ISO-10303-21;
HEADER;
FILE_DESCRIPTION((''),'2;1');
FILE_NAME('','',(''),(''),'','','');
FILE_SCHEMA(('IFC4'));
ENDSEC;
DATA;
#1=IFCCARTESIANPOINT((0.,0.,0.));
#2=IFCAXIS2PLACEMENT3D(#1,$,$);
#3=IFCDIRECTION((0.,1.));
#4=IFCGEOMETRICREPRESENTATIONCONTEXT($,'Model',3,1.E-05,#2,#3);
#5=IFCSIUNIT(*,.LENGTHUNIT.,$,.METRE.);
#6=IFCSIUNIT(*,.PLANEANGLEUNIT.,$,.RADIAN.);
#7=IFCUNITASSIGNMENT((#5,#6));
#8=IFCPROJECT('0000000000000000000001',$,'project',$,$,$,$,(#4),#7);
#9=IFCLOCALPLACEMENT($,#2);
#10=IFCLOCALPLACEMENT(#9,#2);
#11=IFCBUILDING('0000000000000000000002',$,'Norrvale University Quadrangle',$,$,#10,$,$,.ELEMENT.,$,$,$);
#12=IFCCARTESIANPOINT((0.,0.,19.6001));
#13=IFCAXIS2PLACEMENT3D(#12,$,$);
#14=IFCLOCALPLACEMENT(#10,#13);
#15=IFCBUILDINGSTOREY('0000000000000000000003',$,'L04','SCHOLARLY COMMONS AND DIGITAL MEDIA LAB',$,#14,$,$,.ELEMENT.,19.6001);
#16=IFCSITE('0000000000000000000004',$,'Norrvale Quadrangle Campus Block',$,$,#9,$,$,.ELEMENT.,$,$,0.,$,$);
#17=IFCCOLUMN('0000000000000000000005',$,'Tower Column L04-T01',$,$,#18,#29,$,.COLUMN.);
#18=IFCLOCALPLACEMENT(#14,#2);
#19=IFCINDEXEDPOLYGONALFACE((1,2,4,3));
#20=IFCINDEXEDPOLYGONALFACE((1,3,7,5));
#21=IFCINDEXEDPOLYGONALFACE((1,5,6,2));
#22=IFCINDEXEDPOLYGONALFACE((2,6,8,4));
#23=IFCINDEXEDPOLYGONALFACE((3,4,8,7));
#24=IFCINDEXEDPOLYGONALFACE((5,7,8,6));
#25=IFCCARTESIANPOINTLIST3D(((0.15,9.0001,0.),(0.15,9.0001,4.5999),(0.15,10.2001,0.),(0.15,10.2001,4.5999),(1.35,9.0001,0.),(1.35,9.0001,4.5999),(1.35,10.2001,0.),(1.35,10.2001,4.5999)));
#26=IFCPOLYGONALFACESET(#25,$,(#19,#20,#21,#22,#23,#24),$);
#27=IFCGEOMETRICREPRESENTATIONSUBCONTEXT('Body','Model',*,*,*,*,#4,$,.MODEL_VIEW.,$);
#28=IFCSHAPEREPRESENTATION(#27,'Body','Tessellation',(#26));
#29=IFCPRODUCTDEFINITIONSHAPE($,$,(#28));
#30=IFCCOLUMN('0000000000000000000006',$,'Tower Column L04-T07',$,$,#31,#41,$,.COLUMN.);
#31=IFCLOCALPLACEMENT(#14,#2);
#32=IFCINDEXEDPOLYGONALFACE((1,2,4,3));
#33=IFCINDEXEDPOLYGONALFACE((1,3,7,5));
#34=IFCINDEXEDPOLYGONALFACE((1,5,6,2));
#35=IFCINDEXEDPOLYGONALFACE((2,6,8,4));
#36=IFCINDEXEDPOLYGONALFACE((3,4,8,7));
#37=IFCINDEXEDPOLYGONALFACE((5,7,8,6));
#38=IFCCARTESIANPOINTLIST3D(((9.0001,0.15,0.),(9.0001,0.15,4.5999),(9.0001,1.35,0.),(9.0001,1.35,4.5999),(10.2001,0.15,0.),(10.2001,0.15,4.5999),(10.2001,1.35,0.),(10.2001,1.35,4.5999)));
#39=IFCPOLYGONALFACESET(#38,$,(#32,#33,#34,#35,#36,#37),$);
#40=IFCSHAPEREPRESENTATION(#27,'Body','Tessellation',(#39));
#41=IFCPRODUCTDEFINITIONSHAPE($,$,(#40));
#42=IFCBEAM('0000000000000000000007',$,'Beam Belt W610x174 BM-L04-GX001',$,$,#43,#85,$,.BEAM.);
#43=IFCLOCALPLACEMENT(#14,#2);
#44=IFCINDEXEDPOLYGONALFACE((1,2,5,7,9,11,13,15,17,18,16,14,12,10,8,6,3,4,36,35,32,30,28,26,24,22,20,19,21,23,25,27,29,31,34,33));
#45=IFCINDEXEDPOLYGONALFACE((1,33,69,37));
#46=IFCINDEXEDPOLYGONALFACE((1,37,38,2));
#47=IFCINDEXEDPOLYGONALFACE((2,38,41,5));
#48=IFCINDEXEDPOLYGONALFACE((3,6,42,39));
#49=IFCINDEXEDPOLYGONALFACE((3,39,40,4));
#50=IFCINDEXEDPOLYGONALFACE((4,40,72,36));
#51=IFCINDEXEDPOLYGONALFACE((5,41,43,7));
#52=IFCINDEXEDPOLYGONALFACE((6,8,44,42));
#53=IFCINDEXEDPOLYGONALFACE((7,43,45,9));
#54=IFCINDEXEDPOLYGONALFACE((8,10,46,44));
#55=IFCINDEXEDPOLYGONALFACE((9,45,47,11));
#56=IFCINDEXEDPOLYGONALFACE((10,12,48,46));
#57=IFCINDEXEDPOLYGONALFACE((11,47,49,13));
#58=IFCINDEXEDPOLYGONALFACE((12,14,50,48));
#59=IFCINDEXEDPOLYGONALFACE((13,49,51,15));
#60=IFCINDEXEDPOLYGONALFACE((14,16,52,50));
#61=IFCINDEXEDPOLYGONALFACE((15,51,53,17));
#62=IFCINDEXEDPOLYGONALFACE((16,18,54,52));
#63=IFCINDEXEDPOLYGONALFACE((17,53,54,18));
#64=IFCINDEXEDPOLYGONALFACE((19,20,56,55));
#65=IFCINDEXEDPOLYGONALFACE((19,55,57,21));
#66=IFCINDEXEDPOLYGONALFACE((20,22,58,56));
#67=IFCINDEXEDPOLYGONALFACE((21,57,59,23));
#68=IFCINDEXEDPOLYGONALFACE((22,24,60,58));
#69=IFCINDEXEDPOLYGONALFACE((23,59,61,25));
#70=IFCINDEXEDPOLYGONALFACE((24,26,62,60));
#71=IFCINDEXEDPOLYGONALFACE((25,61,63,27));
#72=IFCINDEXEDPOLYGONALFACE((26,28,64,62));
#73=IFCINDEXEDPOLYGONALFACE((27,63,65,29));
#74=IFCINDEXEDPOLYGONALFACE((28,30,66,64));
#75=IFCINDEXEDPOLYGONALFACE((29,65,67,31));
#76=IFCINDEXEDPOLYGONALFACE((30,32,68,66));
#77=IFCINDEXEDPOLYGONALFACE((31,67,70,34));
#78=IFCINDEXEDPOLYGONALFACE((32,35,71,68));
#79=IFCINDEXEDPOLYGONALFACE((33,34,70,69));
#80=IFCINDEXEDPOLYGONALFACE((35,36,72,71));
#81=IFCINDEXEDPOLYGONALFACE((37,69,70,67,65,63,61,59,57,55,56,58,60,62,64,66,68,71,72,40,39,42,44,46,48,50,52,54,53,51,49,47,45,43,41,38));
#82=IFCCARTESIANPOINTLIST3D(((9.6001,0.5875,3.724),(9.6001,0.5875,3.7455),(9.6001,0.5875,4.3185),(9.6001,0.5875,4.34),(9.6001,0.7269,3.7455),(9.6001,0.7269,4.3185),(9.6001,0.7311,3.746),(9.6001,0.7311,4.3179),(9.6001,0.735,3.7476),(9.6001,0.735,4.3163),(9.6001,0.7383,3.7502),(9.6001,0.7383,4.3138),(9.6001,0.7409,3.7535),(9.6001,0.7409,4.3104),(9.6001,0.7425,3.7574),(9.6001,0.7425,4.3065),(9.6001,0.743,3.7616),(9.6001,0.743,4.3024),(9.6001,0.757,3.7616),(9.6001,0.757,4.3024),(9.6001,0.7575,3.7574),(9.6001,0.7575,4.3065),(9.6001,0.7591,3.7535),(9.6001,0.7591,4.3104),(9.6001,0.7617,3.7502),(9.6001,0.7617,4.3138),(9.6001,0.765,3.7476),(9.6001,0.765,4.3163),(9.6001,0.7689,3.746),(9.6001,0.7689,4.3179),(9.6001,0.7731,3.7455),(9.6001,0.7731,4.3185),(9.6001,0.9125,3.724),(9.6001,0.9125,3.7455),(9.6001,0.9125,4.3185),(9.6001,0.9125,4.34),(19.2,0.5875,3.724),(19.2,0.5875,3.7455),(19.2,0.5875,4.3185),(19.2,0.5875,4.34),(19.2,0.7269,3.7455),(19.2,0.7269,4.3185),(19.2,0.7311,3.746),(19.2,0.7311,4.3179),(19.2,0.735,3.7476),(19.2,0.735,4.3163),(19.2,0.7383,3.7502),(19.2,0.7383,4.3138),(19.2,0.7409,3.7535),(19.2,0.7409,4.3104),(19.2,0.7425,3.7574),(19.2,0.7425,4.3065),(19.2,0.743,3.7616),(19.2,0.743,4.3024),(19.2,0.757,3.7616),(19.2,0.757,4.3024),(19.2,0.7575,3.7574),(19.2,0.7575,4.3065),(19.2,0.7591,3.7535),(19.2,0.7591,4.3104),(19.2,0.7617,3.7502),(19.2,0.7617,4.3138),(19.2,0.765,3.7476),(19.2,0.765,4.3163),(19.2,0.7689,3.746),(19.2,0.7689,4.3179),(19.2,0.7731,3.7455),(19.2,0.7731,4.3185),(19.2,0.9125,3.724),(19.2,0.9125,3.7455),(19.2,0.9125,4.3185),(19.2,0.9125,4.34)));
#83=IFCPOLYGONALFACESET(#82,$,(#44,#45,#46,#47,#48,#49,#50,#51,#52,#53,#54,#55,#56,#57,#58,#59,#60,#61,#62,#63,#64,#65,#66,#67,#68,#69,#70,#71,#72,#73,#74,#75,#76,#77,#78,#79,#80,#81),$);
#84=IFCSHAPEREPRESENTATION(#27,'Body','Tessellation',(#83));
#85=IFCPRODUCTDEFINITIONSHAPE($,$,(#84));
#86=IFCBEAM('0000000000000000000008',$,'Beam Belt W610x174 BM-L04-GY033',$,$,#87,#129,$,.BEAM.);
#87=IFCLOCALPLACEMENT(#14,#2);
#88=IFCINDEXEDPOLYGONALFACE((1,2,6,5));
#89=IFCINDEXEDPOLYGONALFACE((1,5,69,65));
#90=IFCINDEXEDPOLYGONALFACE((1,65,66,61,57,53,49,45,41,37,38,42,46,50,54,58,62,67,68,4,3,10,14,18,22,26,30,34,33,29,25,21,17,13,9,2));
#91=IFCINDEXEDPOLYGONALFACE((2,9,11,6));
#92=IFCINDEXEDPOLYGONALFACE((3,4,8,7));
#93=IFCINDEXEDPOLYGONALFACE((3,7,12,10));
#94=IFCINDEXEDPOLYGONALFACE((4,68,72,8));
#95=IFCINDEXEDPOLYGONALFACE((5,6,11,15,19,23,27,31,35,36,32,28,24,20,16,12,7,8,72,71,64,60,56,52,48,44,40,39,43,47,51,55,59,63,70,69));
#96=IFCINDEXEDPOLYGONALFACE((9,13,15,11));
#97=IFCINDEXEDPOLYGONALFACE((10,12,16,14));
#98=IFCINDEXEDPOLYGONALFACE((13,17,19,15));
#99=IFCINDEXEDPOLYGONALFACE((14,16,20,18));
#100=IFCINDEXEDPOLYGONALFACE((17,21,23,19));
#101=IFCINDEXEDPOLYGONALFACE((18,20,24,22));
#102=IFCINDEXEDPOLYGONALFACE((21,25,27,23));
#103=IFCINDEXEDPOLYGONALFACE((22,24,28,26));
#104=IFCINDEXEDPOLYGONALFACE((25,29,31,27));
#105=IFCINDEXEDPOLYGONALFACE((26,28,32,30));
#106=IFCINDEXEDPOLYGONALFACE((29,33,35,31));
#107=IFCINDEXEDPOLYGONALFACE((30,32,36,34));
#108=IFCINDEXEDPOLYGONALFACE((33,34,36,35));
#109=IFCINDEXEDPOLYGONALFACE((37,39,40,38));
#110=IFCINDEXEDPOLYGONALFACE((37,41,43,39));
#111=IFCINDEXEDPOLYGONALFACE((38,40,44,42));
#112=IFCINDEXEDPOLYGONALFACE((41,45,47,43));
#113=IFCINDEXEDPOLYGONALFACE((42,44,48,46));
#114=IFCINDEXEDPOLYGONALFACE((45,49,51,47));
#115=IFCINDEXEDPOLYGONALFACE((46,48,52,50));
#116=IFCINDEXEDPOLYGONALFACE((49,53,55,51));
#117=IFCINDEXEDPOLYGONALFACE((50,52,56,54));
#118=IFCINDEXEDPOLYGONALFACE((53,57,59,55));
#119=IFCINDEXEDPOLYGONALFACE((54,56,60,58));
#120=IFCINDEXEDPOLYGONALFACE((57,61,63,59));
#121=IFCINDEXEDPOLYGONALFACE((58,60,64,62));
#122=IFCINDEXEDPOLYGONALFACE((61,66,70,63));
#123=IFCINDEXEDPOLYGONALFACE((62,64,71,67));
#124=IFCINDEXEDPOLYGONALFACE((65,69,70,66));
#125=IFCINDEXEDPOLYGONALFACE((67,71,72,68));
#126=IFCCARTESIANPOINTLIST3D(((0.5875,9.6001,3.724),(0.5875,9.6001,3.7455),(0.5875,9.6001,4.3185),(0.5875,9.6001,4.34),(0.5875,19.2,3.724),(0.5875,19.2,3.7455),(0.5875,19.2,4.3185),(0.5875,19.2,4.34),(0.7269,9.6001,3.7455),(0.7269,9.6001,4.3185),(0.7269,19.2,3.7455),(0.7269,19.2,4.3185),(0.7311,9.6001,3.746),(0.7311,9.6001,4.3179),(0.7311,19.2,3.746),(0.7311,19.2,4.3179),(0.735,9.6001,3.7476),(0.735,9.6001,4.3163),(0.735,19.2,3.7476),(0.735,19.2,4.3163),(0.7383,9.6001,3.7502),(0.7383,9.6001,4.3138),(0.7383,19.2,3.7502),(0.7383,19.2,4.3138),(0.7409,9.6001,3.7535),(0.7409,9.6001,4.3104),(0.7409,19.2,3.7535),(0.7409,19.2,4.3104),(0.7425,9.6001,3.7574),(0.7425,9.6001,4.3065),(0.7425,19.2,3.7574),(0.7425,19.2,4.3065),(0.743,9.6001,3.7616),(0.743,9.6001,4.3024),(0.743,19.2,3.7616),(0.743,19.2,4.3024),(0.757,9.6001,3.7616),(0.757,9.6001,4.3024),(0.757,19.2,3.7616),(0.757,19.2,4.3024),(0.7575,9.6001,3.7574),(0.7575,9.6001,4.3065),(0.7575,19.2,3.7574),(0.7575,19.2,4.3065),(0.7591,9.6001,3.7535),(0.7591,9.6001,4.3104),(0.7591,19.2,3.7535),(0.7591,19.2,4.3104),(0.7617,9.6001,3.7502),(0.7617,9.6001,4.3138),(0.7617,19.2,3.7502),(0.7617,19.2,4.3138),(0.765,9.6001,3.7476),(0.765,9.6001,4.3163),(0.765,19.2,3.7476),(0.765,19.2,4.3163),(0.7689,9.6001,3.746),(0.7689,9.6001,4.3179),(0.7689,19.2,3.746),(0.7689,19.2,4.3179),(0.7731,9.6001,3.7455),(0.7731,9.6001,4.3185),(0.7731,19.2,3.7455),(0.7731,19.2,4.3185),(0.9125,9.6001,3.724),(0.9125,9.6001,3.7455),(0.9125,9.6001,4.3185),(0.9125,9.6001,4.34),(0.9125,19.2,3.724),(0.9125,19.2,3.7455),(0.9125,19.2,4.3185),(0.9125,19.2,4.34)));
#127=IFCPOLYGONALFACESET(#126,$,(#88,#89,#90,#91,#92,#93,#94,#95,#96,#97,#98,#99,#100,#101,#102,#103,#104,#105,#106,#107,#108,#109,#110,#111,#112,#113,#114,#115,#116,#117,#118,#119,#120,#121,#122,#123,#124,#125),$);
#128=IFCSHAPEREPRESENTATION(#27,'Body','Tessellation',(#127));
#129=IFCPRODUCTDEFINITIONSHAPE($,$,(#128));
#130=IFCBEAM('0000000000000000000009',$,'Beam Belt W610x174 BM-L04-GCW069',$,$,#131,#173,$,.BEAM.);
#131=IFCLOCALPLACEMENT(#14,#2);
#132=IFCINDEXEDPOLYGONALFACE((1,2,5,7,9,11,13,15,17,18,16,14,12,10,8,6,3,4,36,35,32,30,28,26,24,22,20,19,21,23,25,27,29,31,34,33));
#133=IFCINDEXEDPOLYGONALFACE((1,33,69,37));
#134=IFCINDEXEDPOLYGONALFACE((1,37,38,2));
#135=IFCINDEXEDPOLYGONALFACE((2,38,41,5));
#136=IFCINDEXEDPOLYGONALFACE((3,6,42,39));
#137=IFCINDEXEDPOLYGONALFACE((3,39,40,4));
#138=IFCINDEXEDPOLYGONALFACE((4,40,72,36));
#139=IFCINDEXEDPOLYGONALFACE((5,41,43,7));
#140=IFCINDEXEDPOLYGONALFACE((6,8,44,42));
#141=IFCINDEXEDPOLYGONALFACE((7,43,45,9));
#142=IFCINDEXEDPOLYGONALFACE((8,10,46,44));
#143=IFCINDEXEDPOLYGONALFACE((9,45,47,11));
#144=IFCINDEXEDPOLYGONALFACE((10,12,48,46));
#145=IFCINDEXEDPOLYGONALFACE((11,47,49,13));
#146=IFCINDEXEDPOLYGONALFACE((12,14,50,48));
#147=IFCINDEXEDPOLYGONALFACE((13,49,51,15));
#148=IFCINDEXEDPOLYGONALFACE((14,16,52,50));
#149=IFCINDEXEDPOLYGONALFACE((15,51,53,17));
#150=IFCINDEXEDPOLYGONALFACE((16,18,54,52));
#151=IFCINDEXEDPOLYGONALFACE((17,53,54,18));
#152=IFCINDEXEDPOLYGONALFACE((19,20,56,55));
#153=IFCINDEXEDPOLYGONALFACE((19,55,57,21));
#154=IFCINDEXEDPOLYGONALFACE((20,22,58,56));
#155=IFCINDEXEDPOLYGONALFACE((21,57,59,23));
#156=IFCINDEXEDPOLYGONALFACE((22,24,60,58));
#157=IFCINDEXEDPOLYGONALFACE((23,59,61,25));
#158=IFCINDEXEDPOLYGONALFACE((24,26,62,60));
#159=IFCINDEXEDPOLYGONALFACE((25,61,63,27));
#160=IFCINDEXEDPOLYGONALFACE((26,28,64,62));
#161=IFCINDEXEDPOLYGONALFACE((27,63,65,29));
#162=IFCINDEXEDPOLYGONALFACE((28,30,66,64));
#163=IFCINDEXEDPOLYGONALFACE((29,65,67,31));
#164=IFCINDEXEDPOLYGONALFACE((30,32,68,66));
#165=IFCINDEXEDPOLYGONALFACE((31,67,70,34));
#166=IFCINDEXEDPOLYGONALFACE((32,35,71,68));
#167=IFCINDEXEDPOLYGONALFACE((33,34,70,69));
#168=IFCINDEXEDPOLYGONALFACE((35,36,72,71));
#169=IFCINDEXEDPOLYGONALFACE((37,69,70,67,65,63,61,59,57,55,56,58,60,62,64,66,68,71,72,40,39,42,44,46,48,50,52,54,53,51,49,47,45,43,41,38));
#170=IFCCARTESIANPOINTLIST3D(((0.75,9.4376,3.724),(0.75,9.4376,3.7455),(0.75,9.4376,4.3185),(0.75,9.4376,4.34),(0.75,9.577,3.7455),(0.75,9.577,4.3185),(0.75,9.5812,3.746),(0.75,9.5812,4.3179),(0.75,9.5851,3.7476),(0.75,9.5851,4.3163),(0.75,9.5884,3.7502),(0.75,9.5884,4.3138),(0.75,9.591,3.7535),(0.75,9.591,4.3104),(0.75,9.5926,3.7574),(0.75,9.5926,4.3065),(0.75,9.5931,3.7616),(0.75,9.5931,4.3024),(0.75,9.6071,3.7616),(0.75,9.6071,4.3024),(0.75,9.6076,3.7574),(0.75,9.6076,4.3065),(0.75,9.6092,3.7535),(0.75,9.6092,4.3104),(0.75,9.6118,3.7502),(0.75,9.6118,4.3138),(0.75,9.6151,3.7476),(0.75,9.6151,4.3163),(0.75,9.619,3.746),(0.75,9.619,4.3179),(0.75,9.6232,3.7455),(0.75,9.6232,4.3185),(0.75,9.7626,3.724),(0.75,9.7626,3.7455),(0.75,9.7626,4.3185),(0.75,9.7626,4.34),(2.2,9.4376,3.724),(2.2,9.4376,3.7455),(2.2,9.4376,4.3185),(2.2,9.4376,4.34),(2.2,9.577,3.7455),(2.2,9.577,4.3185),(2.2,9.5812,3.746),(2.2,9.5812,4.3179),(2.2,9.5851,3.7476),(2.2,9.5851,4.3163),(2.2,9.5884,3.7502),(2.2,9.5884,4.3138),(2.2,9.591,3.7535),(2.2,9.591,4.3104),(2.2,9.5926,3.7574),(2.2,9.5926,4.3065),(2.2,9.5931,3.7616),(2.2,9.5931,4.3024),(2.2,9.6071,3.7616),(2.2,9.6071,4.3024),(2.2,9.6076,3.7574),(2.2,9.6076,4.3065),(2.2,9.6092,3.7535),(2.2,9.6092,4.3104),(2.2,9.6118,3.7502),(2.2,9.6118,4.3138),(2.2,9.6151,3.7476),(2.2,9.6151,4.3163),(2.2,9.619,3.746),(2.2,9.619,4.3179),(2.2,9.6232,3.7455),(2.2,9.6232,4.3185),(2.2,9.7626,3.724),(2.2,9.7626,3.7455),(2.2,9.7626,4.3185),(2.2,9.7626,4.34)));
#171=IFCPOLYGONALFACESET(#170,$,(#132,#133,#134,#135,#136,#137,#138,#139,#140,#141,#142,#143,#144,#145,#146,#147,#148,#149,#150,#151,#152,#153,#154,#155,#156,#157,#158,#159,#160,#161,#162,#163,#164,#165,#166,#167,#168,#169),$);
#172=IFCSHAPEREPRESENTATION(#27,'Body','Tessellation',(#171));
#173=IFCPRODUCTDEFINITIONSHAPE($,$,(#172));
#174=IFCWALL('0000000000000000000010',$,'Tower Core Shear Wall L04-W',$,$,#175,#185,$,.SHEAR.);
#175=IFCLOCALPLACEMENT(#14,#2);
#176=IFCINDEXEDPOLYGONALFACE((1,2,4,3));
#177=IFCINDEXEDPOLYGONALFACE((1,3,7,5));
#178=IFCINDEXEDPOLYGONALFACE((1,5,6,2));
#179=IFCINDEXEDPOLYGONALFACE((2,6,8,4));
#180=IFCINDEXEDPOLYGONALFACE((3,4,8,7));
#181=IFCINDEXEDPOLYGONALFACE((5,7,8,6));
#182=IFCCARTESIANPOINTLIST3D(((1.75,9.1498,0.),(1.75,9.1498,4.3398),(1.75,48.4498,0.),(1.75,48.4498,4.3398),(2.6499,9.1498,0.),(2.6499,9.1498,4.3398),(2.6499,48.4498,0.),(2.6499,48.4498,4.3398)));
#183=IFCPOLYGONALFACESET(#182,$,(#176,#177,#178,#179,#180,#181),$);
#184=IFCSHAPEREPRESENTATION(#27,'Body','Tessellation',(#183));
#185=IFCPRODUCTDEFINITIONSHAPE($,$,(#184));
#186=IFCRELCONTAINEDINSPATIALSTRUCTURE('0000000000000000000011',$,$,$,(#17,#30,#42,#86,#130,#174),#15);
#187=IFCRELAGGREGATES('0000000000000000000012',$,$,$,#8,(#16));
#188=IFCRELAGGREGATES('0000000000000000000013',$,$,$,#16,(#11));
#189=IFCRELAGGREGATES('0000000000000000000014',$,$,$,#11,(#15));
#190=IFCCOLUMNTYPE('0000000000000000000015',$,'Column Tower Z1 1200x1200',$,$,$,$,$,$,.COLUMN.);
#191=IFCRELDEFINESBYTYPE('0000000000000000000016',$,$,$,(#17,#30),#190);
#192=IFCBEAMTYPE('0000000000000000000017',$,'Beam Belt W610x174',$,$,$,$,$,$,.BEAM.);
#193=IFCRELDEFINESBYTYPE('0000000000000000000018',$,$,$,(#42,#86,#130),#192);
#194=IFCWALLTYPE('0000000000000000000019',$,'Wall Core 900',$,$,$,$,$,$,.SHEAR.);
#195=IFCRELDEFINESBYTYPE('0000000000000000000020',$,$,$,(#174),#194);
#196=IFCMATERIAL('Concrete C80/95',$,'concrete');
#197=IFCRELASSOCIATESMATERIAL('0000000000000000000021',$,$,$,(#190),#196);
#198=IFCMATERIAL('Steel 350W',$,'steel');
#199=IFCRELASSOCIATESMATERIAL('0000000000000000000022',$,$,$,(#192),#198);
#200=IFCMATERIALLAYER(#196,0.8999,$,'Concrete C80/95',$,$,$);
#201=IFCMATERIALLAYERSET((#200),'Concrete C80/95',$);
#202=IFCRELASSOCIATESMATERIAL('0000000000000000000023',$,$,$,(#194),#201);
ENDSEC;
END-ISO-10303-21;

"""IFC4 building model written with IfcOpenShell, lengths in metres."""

from ifc_helpers import new_model, si_unit, direction, frame, frame_2d, origin, origin_2d, place, context, subcontext, project, spatial, rectangle, i_section, extrude, material, layer, layer_set, material_profile, profile_set, type_object, element, save


model = new_model("IFC4")

# Units and contexts
model_context = context("Model", 3, precision=1e-05, world=origin(), true_north=direction((0.0, 1.0)))
body_context = subcontext(model_context, "Body", "Model", "MODEL_VIEW")
ifc_project = project(units=[si_unit("LENGTHUNIT", "METRE"), si_unit("PLANEANGLEUNIT", "RADIAN")], contexts=[model_context])

# Site, building, storey
site_placement = place(None, origin())
site = spatial("IfcSite", under=ifc_project, at=site_placement, Name="Norrvale Quadrangle Campus Block", CompositionType="ELEMENT", RefElevation=0.0)
building_placement = place(site_placement, origin())
building = spatial("IfcBuilding", under=site, at=building_placement, Name="Norrvale University Quadrangle", CompositionType="ELEMENT")
storey_placement = place(building_placement, frame((0.0, 0.0, 19.6001)))
storey = spatial("IfcBuildingStorey", under=building, at=storey_placement, Name="L04", Description="SCHOLARLY COMMONS AND DIGITAL MEDIA LAB", CompositionType="ELEMENT", Elevation=19.6001)

# Columns
ifc_material_1 = material(Name="Concrete C80/95", Category="concrete")
ifc_material_profile_1 = material_profile(ifc_material_1, rectangle(XDim=1.2, YDim=1.2, at=origin_2d()), Name="Concrete C80/95")
ifc_profile_set_1 = profile_set([ifc_material_profile_1], Name="Concrete C80/95")
column_type = type_object("IfcColumnType", Name="Column Tower Z1 1200x1200", PredefinedType="COLUMN", material=ifc_profile_set_1)
for number, where, z_axis, x_axis, name in (
    (1, (0.75, 9.6001, 0.0), (0.0, 0.0, 1.0), (1.0, 0.0, 0.0), "Tower Column L04-T01"),
    (2, (9.6001, 0.75, 0.0), (0.0, 0.0, 1.0), (1.0, 0.0, 0.0), "Tower Column L04-T07"),
):
    element("IfcColumn", number, at=place(storey_placement, frame(where, z_axis=z_axis, x_axis=x_axis)), inside=storey, type_object=column_type, Name=name, PredefinedType="COLUMN", context=body_context, shape_type="SweptSolid", body=[
        extrude(rectangle(XDim=1.2, YDim=1.2, at=origin_2d()), origin(), (0.0, 0.0, 1.0), 4.5999),
    ])

# Beams
ifc_material_2 = material(Name="Steel 350W", Category="steel")
ifc_material_profile_2 = material_profile(ifc_material_2, i_section(OverallWidth=0.325, OverallDepth=0.616, WebThickness=0.0139, FlangeThickness=0.0215, FilletRadius=0.0161, at=origin_2d()), Name="Steel 350W")
ifc_profile_set_2 = profile_set([ifc_material_profile_2], Name="Steel 350W")
beam_type = type_object("IfcBeamType", Name="Beam Belt W610x174", PredefinedType="BEAM", material=ifc_profile_set_2)
for number, where, z_axis, x_axis, name in (
    (3, (9.6001, 0.75, 4.032), (1.0, 0.0, 0.0), (0.0, 1.0, 0.0), "Beam Belt W610x174 BM-L04-GX001"),
    (4, (0.75, 9.6001, 4.032), (0.0, 1.0, 0.0), (-1.0, 0.0, 0.0), "Beam Belt W610x174 BM-L04-GY033"),
):
    element("IfcBeam", number, at=place(storey_placement, frame(where, z_axis=z_axis, x_axis=x_axis)), inside=storey, type_object=beam_type, Name=name, PredefinedType="BEAM", context=body_context, shape_type="SweptSolid", body=[
        extrude(i_section(OverallWidth=0.325, OverallDepth=0.616, WebThickness=0.0139, FlangeThickness=0.0215, FilletRadius=0.0161, at=origin_2d()), origin(), (0.0, 0.0, 1.0), 9.5999),
    ])
beam_placement = place(storey_placement, frame((0.75, 9.6001, 4.032), z_axis=(1.0, 0.0, 0.0), x_axis=(0.0, 1.0, 0.0)))
element("IfcBeam", 5, at=beam_placement, inside=storey, type_object=beam_type, Name="Beam Belt W610x174 BM-L04-GCW069", PredefinedType="BEAM", context=body_context, shape_type="SweptSolid", body=[
    extrude(i_section(OverallWidth=0.325, OverallDepth=0.616, WebThickness=0.0139, FlangeThickness=0.0215, FilletRadius=0.0161, at=origin_2d()), origin(), (0.0, 0.0, 1.0), 1.45),
])

# Wall
ifc_layer_1 = layer(ifc_material_1, 0.8999, Name="Concrete C80/95")
ifc_layer_set_1 = layer_set([ifc_layer_1], Name="Concrete C80/95")
wall_type_1 = type_object("IfcWallType", Name="Wall Core 900", PredefinedType="SHEAR", material=ifc_layer_set_1)
wall_1_placement = place(storey_placement, frame((2.2, 9.1499, 0.0), z_axis=(0.0, 0.0, 1.0), x_axis=(0.0, 1.0, 0.0)))
element("IfcWall", 6, at=wall_1_placement, inside=storey, type_object=wall_type_1, Name="Tower Core Shear Wall L04-W", PredefinedType="SHEAR", context=body_context, shape_type="SweptSolid", body=[
    extrude(rectangle(XDim=39.3, YDim=0.8999, at=frame_2d((19.6499, 0.0))), origin(), (0.0, 0.0, 1.0), 4.3398),
])

save(model, "model.ifc")
